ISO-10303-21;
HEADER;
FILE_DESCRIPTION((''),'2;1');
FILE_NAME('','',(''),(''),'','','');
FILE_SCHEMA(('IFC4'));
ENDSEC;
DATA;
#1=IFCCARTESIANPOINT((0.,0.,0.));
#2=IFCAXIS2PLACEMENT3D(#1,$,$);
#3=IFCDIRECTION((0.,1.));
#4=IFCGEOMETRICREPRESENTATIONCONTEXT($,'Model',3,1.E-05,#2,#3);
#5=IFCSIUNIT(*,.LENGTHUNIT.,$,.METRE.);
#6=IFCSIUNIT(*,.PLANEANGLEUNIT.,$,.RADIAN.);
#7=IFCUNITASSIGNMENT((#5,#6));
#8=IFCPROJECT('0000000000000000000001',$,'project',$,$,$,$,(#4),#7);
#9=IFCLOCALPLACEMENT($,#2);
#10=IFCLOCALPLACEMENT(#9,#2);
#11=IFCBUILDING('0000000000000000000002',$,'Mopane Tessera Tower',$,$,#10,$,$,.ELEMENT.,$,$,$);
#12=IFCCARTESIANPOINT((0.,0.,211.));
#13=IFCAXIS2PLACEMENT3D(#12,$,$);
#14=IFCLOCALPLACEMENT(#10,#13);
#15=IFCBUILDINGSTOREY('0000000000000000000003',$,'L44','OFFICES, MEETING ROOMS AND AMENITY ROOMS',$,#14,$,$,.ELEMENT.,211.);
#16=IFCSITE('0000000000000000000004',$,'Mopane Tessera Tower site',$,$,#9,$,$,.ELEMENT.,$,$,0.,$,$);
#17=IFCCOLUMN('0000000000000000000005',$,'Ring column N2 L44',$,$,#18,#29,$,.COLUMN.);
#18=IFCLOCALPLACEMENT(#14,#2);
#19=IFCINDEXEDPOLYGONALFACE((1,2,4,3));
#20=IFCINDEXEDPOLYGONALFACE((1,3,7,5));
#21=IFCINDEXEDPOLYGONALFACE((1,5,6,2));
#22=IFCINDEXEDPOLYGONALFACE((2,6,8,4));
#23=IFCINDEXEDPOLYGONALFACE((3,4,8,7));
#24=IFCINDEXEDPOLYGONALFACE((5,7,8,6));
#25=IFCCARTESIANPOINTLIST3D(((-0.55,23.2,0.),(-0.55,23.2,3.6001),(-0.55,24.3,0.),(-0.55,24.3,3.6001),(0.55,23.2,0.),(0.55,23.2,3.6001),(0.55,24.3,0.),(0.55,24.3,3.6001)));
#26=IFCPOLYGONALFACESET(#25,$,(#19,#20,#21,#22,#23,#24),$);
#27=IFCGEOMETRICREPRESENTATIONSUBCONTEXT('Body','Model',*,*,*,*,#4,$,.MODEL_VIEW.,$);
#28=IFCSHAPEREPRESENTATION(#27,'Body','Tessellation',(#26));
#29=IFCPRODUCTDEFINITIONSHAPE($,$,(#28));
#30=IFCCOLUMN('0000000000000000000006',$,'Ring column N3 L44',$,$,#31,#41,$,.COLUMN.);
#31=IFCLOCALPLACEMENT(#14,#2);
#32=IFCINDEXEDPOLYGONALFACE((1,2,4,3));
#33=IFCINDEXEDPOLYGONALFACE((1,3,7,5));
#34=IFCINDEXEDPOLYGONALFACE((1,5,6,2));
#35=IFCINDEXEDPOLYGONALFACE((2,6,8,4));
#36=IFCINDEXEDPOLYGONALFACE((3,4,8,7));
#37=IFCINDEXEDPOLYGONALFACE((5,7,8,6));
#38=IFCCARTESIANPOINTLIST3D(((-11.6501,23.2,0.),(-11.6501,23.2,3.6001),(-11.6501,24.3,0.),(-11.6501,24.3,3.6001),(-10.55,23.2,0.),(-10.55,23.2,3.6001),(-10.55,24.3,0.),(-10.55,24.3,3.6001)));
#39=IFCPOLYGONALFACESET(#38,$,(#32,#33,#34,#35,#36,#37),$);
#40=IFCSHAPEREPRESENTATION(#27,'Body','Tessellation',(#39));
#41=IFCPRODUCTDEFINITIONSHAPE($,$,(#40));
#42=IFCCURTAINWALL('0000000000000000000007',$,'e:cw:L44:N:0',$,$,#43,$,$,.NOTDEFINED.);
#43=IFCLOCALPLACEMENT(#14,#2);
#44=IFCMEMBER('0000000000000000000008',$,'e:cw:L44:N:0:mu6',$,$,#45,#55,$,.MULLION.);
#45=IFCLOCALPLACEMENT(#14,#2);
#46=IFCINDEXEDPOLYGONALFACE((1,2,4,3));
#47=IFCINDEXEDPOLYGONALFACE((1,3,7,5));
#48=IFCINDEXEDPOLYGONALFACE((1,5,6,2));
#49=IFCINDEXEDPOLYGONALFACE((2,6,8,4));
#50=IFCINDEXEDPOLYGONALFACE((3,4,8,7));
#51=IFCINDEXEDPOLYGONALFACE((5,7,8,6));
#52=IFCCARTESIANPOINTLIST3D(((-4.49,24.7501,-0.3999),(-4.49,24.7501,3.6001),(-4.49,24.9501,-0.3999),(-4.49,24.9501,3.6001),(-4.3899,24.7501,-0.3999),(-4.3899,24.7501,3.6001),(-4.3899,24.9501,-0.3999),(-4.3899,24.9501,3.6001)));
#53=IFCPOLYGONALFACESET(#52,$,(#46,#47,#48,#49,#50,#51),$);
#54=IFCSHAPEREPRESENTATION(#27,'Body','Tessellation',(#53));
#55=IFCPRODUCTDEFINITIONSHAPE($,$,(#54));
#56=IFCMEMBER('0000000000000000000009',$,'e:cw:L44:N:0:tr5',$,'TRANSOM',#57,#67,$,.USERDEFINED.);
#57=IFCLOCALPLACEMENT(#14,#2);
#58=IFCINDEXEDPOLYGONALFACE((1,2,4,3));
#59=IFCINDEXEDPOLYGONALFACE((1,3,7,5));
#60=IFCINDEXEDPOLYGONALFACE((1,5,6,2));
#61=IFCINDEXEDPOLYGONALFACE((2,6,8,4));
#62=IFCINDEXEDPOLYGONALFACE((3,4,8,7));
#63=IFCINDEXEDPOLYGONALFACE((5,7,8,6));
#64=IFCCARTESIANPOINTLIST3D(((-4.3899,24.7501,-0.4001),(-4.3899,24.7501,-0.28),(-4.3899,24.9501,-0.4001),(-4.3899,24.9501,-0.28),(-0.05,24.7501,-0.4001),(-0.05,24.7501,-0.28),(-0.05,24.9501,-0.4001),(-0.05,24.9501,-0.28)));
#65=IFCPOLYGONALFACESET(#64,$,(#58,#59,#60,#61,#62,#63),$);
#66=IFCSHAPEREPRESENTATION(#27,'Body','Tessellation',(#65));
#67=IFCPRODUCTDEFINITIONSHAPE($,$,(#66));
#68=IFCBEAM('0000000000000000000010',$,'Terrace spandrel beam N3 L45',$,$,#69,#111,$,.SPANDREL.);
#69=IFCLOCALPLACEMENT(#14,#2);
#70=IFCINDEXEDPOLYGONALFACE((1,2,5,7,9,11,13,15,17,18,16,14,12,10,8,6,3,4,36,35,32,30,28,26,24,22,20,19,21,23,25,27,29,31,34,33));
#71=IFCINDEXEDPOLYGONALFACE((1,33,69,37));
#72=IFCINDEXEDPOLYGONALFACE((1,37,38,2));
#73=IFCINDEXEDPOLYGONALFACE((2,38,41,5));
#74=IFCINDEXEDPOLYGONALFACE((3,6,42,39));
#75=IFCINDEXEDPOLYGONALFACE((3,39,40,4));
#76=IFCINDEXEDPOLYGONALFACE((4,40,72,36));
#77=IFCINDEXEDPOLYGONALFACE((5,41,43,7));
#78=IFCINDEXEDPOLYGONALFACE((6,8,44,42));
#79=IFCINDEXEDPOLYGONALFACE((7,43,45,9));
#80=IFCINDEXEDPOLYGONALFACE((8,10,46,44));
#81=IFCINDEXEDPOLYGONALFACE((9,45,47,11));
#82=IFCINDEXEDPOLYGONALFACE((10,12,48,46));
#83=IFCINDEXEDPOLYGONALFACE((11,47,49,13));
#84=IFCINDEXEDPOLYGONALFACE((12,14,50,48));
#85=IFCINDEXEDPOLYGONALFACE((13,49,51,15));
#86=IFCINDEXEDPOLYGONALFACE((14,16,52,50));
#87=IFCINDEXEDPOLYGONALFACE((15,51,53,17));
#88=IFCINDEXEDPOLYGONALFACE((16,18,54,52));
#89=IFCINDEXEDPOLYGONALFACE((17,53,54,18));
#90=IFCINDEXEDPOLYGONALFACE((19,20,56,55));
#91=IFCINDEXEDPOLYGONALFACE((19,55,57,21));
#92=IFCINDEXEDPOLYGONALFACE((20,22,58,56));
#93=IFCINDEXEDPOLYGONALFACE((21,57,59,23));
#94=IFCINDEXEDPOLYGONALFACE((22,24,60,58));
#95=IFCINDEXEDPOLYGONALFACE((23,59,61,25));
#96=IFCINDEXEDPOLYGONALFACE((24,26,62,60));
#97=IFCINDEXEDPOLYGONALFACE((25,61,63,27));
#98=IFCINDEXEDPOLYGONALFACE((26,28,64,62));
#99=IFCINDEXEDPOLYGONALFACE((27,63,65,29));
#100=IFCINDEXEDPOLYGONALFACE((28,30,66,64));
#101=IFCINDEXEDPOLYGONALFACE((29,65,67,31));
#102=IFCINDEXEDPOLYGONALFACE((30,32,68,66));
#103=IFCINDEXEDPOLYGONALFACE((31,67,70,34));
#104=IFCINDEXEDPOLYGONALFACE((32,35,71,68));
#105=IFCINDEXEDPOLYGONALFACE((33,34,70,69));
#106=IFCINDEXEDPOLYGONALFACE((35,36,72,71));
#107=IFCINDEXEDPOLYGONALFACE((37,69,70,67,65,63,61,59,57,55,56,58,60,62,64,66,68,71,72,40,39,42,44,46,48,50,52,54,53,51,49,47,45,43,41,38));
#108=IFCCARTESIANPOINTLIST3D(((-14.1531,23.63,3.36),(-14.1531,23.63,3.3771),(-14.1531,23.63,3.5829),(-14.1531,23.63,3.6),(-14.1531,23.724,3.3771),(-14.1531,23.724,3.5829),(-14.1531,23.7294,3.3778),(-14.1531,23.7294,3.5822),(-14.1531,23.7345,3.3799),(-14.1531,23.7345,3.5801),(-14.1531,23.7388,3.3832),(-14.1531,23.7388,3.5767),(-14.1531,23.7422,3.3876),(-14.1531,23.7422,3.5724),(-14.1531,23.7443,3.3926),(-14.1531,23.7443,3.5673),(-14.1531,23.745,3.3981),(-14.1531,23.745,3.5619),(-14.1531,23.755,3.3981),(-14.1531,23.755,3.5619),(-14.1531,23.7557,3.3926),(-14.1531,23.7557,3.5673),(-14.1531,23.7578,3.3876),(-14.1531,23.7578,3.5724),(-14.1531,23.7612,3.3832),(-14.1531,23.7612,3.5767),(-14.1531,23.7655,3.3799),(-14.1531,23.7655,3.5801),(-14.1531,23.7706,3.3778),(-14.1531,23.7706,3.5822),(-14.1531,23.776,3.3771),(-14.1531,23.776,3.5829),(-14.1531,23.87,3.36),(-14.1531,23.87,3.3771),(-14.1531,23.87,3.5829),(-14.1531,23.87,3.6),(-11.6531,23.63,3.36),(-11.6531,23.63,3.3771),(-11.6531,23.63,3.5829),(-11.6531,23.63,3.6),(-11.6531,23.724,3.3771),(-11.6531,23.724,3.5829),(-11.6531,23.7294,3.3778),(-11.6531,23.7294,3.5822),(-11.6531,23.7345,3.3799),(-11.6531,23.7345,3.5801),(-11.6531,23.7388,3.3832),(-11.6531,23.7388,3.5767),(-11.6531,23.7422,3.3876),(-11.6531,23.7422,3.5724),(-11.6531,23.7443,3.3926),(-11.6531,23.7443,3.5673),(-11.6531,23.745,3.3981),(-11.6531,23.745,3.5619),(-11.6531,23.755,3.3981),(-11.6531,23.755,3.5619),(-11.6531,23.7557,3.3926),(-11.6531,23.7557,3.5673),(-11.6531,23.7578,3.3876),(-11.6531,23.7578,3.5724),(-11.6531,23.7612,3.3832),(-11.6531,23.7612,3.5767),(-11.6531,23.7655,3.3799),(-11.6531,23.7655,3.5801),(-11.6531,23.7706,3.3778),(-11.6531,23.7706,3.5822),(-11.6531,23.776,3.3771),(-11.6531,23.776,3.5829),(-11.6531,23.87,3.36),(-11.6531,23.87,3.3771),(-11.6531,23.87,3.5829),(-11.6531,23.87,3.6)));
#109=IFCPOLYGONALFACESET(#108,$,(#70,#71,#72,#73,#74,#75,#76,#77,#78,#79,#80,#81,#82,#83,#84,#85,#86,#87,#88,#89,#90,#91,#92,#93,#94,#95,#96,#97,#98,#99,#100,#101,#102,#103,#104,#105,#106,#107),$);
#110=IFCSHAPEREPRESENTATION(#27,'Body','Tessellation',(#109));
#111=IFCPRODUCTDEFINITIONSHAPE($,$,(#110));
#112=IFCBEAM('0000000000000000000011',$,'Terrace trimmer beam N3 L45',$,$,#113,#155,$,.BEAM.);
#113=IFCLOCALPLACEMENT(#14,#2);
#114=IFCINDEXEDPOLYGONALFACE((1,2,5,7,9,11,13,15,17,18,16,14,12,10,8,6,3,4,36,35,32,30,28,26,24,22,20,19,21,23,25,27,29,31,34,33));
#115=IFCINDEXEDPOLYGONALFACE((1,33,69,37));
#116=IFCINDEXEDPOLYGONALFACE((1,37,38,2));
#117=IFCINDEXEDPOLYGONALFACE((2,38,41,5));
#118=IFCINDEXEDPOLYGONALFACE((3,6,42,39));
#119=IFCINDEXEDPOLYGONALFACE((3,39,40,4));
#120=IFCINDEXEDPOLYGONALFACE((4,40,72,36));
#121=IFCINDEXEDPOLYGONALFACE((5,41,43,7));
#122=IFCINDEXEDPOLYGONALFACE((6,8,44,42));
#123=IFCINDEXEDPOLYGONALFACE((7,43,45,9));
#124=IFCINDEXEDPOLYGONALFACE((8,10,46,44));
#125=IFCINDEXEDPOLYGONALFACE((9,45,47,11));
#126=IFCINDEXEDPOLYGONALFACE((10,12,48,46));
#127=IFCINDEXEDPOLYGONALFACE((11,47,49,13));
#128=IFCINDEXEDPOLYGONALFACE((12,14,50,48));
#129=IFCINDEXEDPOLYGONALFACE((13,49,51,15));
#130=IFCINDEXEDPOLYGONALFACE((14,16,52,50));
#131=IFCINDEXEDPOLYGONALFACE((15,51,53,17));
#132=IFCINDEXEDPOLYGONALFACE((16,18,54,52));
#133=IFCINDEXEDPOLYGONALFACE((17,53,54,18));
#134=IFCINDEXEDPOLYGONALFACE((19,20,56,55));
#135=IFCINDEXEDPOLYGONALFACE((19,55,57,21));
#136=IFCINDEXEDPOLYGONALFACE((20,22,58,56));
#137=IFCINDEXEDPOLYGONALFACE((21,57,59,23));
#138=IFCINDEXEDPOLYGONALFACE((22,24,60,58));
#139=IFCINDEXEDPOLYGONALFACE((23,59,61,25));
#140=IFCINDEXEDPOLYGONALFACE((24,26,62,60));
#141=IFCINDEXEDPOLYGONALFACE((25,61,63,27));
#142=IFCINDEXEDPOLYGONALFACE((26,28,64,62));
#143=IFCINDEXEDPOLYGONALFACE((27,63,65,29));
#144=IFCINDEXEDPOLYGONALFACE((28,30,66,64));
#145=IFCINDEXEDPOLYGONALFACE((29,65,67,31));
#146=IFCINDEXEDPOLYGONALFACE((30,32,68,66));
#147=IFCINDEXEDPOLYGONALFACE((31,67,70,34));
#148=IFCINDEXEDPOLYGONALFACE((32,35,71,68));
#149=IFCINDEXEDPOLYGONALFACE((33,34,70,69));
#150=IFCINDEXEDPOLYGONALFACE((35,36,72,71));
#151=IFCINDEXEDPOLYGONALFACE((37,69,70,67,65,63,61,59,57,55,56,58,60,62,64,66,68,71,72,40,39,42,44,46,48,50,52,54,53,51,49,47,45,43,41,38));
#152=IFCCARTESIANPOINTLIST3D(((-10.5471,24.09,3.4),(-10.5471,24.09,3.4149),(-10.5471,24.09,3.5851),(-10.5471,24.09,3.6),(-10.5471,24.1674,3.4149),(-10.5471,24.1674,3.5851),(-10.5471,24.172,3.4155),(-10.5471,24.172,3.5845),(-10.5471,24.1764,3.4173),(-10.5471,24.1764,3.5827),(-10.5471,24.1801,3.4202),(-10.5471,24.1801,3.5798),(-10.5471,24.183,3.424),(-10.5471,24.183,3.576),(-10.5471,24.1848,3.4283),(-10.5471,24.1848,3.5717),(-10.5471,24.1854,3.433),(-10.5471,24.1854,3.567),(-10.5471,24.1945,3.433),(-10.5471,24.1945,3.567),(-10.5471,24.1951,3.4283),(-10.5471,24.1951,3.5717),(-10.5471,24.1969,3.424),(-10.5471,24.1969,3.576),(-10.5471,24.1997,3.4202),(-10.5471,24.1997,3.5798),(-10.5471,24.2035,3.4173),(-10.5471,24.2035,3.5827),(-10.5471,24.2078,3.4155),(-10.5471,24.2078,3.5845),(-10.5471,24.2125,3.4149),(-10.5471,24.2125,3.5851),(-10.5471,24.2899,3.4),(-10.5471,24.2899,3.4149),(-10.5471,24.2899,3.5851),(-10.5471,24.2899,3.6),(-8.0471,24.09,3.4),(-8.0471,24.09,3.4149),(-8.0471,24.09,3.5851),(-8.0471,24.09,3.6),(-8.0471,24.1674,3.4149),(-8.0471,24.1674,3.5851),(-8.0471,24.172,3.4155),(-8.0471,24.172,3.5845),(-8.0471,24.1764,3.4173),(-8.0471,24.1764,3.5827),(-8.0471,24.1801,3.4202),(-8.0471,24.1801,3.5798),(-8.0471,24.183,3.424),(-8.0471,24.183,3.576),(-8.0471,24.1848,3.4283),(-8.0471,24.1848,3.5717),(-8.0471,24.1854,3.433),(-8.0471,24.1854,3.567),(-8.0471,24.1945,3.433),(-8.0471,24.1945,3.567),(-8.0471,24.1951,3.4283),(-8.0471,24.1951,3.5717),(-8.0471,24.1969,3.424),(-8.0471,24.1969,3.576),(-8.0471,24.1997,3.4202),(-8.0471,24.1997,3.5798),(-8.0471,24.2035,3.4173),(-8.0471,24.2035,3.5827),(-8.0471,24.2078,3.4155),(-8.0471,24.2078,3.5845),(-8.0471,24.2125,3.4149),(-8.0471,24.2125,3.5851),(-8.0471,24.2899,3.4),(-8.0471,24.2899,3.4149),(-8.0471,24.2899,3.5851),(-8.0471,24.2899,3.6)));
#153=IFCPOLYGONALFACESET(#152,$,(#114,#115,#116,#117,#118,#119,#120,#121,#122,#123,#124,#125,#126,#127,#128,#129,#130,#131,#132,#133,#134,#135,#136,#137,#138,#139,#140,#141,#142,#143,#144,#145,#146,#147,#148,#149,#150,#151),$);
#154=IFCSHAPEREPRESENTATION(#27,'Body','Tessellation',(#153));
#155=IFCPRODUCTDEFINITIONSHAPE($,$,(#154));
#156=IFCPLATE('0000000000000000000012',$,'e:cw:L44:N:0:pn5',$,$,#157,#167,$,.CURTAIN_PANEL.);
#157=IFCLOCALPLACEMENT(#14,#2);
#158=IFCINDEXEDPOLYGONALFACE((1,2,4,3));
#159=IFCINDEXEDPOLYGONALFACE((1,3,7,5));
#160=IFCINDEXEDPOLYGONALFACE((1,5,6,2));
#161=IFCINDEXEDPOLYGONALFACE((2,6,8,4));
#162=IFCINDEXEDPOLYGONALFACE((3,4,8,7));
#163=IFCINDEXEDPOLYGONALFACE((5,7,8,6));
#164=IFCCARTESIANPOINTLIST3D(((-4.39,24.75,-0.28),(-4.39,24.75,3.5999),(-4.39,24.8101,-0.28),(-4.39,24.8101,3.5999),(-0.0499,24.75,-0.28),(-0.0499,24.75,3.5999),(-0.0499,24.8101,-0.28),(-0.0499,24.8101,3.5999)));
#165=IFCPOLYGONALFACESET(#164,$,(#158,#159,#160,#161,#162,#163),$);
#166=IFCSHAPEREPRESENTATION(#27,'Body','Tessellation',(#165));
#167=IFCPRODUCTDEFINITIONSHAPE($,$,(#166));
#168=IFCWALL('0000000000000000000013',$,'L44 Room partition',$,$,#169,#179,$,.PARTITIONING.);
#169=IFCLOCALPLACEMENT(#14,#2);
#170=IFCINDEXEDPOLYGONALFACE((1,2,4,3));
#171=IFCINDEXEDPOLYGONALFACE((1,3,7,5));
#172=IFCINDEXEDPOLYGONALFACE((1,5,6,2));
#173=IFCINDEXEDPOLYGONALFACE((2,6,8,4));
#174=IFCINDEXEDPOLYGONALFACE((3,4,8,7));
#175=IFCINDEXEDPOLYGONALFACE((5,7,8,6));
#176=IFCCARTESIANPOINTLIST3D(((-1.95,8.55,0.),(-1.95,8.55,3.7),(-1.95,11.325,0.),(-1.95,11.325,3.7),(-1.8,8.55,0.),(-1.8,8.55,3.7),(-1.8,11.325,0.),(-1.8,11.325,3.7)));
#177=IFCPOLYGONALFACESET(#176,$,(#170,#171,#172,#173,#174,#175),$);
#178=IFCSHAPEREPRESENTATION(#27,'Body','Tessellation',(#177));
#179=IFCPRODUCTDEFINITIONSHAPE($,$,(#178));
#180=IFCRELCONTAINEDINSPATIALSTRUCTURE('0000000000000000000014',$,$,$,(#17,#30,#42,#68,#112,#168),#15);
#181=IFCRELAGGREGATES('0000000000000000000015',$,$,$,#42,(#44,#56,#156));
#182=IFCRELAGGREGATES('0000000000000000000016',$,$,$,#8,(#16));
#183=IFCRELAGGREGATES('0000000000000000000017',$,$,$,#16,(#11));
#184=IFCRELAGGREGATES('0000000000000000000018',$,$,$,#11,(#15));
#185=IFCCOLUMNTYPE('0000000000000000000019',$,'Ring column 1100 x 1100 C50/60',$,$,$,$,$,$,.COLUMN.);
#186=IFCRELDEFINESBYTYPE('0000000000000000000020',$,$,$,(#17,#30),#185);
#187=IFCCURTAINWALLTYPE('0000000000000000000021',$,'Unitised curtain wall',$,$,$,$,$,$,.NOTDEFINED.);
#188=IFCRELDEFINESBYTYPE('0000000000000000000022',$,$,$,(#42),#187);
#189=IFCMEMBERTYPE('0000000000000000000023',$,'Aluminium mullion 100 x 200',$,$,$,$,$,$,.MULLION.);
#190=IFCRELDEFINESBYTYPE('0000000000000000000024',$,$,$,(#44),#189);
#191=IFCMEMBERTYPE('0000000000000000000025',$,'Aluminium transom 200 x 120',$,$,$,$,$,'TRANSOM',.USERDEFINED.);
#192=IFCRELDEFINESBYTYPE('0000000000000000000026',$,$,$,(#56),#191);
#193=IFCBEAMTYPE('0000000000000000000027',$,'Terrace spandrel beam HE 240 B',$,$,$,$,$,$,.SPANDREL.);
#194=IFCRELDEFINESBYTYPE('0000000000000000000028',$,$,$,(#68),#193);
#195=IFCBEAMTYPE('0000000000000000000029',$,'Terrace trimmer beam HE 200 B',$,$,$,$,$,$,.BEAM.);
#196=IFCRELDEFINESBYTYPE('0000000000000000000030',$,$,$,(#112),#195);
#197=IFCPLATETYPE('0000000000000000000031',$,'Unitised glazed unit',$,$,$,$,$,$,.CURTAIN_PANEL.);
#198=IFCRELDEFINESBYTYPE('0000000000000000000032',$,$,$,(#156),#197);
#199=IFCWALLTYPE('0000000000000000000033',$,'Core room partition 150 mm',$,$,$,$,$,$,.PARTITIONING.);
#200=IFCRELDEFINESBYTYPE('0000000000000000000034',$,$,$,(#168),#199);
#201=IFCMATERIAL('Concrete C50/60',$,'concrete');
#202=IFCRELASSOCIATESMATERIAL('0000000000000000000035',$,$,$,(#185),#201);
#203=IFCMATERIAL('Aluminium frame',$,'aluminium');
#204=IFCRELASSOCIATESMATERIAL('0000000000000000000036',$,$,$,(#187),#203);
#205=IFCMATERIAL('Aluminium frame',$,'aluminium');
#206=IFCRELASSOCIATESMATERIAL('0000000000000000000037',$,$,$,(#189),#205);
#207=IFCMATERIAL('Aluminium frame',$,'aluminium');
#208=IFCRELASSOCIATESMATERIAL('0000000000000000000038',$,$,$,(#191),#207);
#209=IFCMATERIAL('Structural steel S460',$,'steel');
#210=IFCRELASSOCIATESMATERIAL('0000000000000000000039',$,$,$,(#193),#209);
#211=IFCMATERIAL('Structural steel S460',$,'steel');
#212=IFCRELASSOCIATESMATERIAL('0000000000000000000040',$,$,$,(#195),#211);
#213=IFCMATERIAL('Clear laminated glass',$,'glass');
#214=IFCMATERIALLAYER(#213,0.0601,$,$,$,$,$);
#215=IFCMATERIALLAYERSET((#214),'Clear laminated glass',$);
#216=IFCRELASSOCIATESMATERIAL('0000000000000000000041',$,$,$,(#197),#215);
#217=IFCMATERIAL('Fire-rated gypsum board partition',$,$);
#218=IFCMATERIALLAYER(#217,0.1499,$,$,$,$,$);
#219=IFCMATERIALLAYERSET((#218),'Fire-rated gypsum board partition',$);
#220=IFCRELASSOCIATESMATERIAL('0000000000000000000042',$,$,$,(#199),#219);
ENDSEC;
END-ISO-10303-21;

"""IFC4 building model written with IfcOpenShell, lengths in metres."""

from ifc_helpers import new_model, si_unit, direction, frame, frame_2d, origin, origin_2d, place, context, subcontext, project, spatial, rectangle, i_section, extrude, material, layer, layer_set, material_profile, profile_set, type_object, element, aggregate, save


model = new_model("IFC4")

# Units and contexts
model_context = context("Model", 3, precision=1e-05, world=origin(), true_north=direction((0.0, 1.0)))
body_context = subcontext(model_context, "Body", "Model", "MODEL_VIEW")
ifc_project = project(units=[si_unit("LENGTHUNIT", "METRE"), si_unit("PLANEANGLEUNIT", "RADIAN")], contexts=[model_context])

# Site, building, storey
site_placement = place(None, origin())
site = spatial("IfcSite", under=ifc_project, at=site_placement, Name="Mopane Tessera Tower site", CompositionType="ELEMENT", RefElevation=0.0)
building_placement = place(site_placement, origin())
building = spatial("IfcBuilding", under=site, at=building_placement, Name="Mopane Tessera Tower", CompositionType="ELEMENT")
storey_placement = place(building_placement, frame((0.0, 0.0, 211.0)))
storey = spatial("IfcBuildingStorey", under=building, at=storey_placement, Name="L44", Description="OFFICES, MEETING ROOMS AND AMENITY ROOMS", CompositionType="ELEMENT", Elevation=211.0)

# Columns
ifc_material_1 = material(Name="Concrete C50/60", Category="concrete")
ifc_material_profile_1 = material_profile(ifc_material_1, rectangle(XDim=1.1001, YDim=1.1001, at=origin_2d()))
ifc_profile_set_1 = profile_set([ifc_material_profile_1], Name="Concrete C50/60")
column_type = type_object("IfcColumnType", Name="Ring column 1100 x 1100 C50/60", PredefinedType="COLUMN", material=ifc_profile_set_1)
for number, where, z_axis, x_axis, name in (
    (1, (0.0, 23.75, 0.0), (0.0, 0.0, 1.0), (1.0, 0.0, 0.0), "Ring column N2 L44"),
    (2, (-11.1001, 23.75, 0.0), (0.0, 0.0, 1.0), (1.0, 0.0, 0.0), "Ring column N3 L44"),
):
    element("IfcColumn", number, at=place(storey_placement, frame(where, z_axis=z_axis, x_axis=x_axis)), inside=storey, type_object=column_type, Name=name, PredefinedType="COLUMN", context=body_context, shape_type="SweptSolid", body=[
        extrude(rectangle(XDim=1.1001, YDim=1.1001, at=origin_2d()), origin(), (0.0, 0.0, 1.0), 3.6001),
    ])

# Curtain wall, members
ifc_material_2 = material(Name="Aluminium frame", Category="aluminium")
curtain_wall_type = type_object("IfcCurtainWallType", Name="Unitised curtain wall", PredefinedType="NOTDEFINED", material=ifc_material_2)
curtain_wall_placement = place(storey_placement, origin())
curtain_wall = element("IfcCurtainWall", 3, at=curtain_wall_placement, inside=storey, type_object=curtain_wall_type, Name="e:cw:L44:N:0", PredefinedType="NOTDEFINED")
ifc_material_3 = material(Name="Aluminium frame", Category="aluminium")
ifc_material_profile_2 = material_profile(ifc_material_3, rectangle(XDim=0.1001, YDim=0.2, at=origin_2d()))
ifc_profile_set_2 = profile_set([ifc_material_profile_2], Name="Aluminium frame")
member_type_1 = type_object("IfcMemberType", Name="Aluminium mullion 100 x 200", PredefinedType="MULLION", material=ifc_profile_set_2)
member_1_placement = place(storey_placement, frame((-4.4399, 24.8501, -0.3999), z_axis=(0.0, 0.0, 1.0), x_axis=(-1.0, 0.0, 0.0)))
member_1 = element("IfcMember", 4, at=member_1_placement, type_object=member_type_1, Name="e:cw:L44:N:0:mu6", PredefinedType="MULLION", context=body_context, shape_type="SweptSolid", body=[
    extrude(rectangle(XDim=0.1001, YDim=0.2, at=origin_2d()), origin(), (0.0, 0.0, 1.0), 4.0),
])
ifc_material_4 = material(Name="Aluminium frame", Category="aluminium")
ifc_material_profile_3 = material_profile(ifc_material_4, rectangle(XDim=0.2, YDim=0.1201, at=origin_2d()))
ifc_profile_set_3 = profile_set([ifc_material_profile_3], Name="Aluminium frame")
member_type_2 = type_object("IfcMemberType", Name="Aluminium transom 200 x 120", ElementType="TRANSOM", PredefinedType="USERDEFINED", material=ifc_profile_set_3)
member_2_placement = place(storey_placement, frame((-0.05, 24.8501, -0.3401), z_axis=(-1.0, 0.0, 0.0), x_axis=(0.0, -1.0, 0.0)))
member_2 = element("IfcMember", 5, at=member_2_placement, type_object=member_type_2, Name="e:cw:L44:N:0:tr5", ObjectType="TRANSOM", PredefinedType="USERDEFINED", context=body_context, shape_type="SweptSolid", body=[
    extrude(rectangle(XDim=0.2, YDim=0.1201, at=origin_2d()), origin(), (0.0, 0.0, 1.0), 4.3398),
])

# Beams
ifc_material_5 = material(Name="Structural steel S460", Category="steel")
ifc_material_profile_4 = material_profile(ifc_material_5, i_section(OverallWidth=0.24, OverallDepth=0.24, WebThickness=0.01, FlangeThickness=0.0171, FilletRadius=0.021, at=origin_2d()))
ifc_profile_set_4 = profile_set([ifc_material_profile_4], Name="Structural steel S460")
beam_type_1 = type_object("IfcBeamType", Name="Terrace spandrel beam HE 240 B", PredefinedType="SPANDREL", material=ifc_profile_set_4)
beam_1_placement = place(storey_placement, frame((-11.6531, 23.75, 3.48), z_axis=(-1.0, 0.0, 0.0), x_axis=(0.0, -1.0, 0.0)))
element("IfcBeam", 6, at=beam_1_placement, inside=storey, type_object=beam_type_1, Name="Terrace spandrel beam N3 L45", PredefinedType="SPANDREL", context=body_context, shape_type="SweptSolid", body=[
    extrude(i_section(OverallWidth=0.24, OverallDepth=0.24, WebThickness=0.01, FlangeThickness=0.0171, FilletRadius=0.021, at=origin_2d()), origin(), (0.0, 0.0, 1.0), 2.5),
])
ifc_material_6 = material(Name="Structural steel S460", Category="steel")
ifc_material_profile_5 = material_profile(ifc_material_6, i_section(OverallWidth=0.2, OverallDepth=0.2, WebThickness=0.009, FlangeThickness=0.0149, FilletRadius=0.0181, at=origin_2d()))
ifc_profile_set_5 = profile_set([ifc_material_profile_5], Name="Structural steel S460")
beam_type_2 = type_object("IfcBeamType", Name="Terrace trimmer beam HE 200 B", PredefinedType="BEAM", material=ifc_profile_set_5)
beam_2_placement = place(storey_placement, frame((-10.5471, 24.1899, 3.5), z_axis=(1.0, 0.0, 0.0), x_axis=(0.0, 1.0, 0.0)))
element("IfcBeam", 7, at=beam_2_placement, inside=storey, type_object=beam_type_2, Name="Terrace trimmer beam N3 L45", PredefinedType="BEAM", context=body_context, shape_type="SweptSolid", body=[
    extrude(i_section(OverallWidth=0.2, OverallDepth=0.2, WebThickness=0.009, FlangeThickness=0.0149, FilletRadius=0.0181, at=origin_2d()), origin(), (0.0, 0.0, 1.0), 2.5),
])

# Plate
ifc_material_7 = material(Name="Clear laminated glass", Category="glass")
ifc_layer_1 = layer(ifc_material_7, 0.0601)
ifc_layer_set_1 = layer_set([ifc_layer_1], Name="Clear laminated glass")
plate_type = type_object("IfcPlateType", Name="Unitised glazed unit", PredefinedType="CURTAIN_PANEL", material=ifc_layer_set_1)
plate_placement = place(storey_placement, frame((-2.22, 24.78, -0.28), z_axis=(0.0, 0.0, 1.0), x_axis=(-1.0, 0.0, 0.0)))
plate = element("IfcPlate", 8, at=plate_placement, type_object=plate_type, Name="e:cw:L44:N:0:pn5", PredefinedType="CURTAIN_PANEL", context=body_context, shape_type="SweptSolid", body=[
    extrude(rectangle(XDim=4.3401, YDim=0.0601, at=origin_2d()), origin(), (0.0, 0.0, 1.0), 3.8799),
])
aggregate(curtain_wall, [member_1, member_2, plate])

# Wall
ifc_material_8 = material(Name="Fire-rated gypsum board partition")
ifc_layer_2 = layer(ifc_material_8, 0.1499)
ifc_layer_set_2 = layer_set([ifc_layer_2], Name="Fire-rated gypsum board partition")
wall_type_1 = type_object("IfcWallType", Name="Core room partition 150 mm", PredefinedType="PARTITIONING", material=ifc_layer_set_2)
wall_1_placement = place(storey_placement, frame((-1.875, 8.55, 0.0), z_axis=(0.0, 0.0, 1.0), x_axis=(0.0, 1.0, 0.0)))
element("IfcWall", 9, at=wall_1_placement, inside=storey, type_object=wall_type_1, Name="L44 Room partition", PredefinedType="PARTITIONING", context=body_context, shape_type="SweptSolid", body=[
    extrude(rectangle(XDim=2.7749, YDim=0.1499, at=frame_2d((1.3875, 0.0))), origin(), (0.0, 0.0, 1.0), 3.7),
])

save(model, "model.ifc")
